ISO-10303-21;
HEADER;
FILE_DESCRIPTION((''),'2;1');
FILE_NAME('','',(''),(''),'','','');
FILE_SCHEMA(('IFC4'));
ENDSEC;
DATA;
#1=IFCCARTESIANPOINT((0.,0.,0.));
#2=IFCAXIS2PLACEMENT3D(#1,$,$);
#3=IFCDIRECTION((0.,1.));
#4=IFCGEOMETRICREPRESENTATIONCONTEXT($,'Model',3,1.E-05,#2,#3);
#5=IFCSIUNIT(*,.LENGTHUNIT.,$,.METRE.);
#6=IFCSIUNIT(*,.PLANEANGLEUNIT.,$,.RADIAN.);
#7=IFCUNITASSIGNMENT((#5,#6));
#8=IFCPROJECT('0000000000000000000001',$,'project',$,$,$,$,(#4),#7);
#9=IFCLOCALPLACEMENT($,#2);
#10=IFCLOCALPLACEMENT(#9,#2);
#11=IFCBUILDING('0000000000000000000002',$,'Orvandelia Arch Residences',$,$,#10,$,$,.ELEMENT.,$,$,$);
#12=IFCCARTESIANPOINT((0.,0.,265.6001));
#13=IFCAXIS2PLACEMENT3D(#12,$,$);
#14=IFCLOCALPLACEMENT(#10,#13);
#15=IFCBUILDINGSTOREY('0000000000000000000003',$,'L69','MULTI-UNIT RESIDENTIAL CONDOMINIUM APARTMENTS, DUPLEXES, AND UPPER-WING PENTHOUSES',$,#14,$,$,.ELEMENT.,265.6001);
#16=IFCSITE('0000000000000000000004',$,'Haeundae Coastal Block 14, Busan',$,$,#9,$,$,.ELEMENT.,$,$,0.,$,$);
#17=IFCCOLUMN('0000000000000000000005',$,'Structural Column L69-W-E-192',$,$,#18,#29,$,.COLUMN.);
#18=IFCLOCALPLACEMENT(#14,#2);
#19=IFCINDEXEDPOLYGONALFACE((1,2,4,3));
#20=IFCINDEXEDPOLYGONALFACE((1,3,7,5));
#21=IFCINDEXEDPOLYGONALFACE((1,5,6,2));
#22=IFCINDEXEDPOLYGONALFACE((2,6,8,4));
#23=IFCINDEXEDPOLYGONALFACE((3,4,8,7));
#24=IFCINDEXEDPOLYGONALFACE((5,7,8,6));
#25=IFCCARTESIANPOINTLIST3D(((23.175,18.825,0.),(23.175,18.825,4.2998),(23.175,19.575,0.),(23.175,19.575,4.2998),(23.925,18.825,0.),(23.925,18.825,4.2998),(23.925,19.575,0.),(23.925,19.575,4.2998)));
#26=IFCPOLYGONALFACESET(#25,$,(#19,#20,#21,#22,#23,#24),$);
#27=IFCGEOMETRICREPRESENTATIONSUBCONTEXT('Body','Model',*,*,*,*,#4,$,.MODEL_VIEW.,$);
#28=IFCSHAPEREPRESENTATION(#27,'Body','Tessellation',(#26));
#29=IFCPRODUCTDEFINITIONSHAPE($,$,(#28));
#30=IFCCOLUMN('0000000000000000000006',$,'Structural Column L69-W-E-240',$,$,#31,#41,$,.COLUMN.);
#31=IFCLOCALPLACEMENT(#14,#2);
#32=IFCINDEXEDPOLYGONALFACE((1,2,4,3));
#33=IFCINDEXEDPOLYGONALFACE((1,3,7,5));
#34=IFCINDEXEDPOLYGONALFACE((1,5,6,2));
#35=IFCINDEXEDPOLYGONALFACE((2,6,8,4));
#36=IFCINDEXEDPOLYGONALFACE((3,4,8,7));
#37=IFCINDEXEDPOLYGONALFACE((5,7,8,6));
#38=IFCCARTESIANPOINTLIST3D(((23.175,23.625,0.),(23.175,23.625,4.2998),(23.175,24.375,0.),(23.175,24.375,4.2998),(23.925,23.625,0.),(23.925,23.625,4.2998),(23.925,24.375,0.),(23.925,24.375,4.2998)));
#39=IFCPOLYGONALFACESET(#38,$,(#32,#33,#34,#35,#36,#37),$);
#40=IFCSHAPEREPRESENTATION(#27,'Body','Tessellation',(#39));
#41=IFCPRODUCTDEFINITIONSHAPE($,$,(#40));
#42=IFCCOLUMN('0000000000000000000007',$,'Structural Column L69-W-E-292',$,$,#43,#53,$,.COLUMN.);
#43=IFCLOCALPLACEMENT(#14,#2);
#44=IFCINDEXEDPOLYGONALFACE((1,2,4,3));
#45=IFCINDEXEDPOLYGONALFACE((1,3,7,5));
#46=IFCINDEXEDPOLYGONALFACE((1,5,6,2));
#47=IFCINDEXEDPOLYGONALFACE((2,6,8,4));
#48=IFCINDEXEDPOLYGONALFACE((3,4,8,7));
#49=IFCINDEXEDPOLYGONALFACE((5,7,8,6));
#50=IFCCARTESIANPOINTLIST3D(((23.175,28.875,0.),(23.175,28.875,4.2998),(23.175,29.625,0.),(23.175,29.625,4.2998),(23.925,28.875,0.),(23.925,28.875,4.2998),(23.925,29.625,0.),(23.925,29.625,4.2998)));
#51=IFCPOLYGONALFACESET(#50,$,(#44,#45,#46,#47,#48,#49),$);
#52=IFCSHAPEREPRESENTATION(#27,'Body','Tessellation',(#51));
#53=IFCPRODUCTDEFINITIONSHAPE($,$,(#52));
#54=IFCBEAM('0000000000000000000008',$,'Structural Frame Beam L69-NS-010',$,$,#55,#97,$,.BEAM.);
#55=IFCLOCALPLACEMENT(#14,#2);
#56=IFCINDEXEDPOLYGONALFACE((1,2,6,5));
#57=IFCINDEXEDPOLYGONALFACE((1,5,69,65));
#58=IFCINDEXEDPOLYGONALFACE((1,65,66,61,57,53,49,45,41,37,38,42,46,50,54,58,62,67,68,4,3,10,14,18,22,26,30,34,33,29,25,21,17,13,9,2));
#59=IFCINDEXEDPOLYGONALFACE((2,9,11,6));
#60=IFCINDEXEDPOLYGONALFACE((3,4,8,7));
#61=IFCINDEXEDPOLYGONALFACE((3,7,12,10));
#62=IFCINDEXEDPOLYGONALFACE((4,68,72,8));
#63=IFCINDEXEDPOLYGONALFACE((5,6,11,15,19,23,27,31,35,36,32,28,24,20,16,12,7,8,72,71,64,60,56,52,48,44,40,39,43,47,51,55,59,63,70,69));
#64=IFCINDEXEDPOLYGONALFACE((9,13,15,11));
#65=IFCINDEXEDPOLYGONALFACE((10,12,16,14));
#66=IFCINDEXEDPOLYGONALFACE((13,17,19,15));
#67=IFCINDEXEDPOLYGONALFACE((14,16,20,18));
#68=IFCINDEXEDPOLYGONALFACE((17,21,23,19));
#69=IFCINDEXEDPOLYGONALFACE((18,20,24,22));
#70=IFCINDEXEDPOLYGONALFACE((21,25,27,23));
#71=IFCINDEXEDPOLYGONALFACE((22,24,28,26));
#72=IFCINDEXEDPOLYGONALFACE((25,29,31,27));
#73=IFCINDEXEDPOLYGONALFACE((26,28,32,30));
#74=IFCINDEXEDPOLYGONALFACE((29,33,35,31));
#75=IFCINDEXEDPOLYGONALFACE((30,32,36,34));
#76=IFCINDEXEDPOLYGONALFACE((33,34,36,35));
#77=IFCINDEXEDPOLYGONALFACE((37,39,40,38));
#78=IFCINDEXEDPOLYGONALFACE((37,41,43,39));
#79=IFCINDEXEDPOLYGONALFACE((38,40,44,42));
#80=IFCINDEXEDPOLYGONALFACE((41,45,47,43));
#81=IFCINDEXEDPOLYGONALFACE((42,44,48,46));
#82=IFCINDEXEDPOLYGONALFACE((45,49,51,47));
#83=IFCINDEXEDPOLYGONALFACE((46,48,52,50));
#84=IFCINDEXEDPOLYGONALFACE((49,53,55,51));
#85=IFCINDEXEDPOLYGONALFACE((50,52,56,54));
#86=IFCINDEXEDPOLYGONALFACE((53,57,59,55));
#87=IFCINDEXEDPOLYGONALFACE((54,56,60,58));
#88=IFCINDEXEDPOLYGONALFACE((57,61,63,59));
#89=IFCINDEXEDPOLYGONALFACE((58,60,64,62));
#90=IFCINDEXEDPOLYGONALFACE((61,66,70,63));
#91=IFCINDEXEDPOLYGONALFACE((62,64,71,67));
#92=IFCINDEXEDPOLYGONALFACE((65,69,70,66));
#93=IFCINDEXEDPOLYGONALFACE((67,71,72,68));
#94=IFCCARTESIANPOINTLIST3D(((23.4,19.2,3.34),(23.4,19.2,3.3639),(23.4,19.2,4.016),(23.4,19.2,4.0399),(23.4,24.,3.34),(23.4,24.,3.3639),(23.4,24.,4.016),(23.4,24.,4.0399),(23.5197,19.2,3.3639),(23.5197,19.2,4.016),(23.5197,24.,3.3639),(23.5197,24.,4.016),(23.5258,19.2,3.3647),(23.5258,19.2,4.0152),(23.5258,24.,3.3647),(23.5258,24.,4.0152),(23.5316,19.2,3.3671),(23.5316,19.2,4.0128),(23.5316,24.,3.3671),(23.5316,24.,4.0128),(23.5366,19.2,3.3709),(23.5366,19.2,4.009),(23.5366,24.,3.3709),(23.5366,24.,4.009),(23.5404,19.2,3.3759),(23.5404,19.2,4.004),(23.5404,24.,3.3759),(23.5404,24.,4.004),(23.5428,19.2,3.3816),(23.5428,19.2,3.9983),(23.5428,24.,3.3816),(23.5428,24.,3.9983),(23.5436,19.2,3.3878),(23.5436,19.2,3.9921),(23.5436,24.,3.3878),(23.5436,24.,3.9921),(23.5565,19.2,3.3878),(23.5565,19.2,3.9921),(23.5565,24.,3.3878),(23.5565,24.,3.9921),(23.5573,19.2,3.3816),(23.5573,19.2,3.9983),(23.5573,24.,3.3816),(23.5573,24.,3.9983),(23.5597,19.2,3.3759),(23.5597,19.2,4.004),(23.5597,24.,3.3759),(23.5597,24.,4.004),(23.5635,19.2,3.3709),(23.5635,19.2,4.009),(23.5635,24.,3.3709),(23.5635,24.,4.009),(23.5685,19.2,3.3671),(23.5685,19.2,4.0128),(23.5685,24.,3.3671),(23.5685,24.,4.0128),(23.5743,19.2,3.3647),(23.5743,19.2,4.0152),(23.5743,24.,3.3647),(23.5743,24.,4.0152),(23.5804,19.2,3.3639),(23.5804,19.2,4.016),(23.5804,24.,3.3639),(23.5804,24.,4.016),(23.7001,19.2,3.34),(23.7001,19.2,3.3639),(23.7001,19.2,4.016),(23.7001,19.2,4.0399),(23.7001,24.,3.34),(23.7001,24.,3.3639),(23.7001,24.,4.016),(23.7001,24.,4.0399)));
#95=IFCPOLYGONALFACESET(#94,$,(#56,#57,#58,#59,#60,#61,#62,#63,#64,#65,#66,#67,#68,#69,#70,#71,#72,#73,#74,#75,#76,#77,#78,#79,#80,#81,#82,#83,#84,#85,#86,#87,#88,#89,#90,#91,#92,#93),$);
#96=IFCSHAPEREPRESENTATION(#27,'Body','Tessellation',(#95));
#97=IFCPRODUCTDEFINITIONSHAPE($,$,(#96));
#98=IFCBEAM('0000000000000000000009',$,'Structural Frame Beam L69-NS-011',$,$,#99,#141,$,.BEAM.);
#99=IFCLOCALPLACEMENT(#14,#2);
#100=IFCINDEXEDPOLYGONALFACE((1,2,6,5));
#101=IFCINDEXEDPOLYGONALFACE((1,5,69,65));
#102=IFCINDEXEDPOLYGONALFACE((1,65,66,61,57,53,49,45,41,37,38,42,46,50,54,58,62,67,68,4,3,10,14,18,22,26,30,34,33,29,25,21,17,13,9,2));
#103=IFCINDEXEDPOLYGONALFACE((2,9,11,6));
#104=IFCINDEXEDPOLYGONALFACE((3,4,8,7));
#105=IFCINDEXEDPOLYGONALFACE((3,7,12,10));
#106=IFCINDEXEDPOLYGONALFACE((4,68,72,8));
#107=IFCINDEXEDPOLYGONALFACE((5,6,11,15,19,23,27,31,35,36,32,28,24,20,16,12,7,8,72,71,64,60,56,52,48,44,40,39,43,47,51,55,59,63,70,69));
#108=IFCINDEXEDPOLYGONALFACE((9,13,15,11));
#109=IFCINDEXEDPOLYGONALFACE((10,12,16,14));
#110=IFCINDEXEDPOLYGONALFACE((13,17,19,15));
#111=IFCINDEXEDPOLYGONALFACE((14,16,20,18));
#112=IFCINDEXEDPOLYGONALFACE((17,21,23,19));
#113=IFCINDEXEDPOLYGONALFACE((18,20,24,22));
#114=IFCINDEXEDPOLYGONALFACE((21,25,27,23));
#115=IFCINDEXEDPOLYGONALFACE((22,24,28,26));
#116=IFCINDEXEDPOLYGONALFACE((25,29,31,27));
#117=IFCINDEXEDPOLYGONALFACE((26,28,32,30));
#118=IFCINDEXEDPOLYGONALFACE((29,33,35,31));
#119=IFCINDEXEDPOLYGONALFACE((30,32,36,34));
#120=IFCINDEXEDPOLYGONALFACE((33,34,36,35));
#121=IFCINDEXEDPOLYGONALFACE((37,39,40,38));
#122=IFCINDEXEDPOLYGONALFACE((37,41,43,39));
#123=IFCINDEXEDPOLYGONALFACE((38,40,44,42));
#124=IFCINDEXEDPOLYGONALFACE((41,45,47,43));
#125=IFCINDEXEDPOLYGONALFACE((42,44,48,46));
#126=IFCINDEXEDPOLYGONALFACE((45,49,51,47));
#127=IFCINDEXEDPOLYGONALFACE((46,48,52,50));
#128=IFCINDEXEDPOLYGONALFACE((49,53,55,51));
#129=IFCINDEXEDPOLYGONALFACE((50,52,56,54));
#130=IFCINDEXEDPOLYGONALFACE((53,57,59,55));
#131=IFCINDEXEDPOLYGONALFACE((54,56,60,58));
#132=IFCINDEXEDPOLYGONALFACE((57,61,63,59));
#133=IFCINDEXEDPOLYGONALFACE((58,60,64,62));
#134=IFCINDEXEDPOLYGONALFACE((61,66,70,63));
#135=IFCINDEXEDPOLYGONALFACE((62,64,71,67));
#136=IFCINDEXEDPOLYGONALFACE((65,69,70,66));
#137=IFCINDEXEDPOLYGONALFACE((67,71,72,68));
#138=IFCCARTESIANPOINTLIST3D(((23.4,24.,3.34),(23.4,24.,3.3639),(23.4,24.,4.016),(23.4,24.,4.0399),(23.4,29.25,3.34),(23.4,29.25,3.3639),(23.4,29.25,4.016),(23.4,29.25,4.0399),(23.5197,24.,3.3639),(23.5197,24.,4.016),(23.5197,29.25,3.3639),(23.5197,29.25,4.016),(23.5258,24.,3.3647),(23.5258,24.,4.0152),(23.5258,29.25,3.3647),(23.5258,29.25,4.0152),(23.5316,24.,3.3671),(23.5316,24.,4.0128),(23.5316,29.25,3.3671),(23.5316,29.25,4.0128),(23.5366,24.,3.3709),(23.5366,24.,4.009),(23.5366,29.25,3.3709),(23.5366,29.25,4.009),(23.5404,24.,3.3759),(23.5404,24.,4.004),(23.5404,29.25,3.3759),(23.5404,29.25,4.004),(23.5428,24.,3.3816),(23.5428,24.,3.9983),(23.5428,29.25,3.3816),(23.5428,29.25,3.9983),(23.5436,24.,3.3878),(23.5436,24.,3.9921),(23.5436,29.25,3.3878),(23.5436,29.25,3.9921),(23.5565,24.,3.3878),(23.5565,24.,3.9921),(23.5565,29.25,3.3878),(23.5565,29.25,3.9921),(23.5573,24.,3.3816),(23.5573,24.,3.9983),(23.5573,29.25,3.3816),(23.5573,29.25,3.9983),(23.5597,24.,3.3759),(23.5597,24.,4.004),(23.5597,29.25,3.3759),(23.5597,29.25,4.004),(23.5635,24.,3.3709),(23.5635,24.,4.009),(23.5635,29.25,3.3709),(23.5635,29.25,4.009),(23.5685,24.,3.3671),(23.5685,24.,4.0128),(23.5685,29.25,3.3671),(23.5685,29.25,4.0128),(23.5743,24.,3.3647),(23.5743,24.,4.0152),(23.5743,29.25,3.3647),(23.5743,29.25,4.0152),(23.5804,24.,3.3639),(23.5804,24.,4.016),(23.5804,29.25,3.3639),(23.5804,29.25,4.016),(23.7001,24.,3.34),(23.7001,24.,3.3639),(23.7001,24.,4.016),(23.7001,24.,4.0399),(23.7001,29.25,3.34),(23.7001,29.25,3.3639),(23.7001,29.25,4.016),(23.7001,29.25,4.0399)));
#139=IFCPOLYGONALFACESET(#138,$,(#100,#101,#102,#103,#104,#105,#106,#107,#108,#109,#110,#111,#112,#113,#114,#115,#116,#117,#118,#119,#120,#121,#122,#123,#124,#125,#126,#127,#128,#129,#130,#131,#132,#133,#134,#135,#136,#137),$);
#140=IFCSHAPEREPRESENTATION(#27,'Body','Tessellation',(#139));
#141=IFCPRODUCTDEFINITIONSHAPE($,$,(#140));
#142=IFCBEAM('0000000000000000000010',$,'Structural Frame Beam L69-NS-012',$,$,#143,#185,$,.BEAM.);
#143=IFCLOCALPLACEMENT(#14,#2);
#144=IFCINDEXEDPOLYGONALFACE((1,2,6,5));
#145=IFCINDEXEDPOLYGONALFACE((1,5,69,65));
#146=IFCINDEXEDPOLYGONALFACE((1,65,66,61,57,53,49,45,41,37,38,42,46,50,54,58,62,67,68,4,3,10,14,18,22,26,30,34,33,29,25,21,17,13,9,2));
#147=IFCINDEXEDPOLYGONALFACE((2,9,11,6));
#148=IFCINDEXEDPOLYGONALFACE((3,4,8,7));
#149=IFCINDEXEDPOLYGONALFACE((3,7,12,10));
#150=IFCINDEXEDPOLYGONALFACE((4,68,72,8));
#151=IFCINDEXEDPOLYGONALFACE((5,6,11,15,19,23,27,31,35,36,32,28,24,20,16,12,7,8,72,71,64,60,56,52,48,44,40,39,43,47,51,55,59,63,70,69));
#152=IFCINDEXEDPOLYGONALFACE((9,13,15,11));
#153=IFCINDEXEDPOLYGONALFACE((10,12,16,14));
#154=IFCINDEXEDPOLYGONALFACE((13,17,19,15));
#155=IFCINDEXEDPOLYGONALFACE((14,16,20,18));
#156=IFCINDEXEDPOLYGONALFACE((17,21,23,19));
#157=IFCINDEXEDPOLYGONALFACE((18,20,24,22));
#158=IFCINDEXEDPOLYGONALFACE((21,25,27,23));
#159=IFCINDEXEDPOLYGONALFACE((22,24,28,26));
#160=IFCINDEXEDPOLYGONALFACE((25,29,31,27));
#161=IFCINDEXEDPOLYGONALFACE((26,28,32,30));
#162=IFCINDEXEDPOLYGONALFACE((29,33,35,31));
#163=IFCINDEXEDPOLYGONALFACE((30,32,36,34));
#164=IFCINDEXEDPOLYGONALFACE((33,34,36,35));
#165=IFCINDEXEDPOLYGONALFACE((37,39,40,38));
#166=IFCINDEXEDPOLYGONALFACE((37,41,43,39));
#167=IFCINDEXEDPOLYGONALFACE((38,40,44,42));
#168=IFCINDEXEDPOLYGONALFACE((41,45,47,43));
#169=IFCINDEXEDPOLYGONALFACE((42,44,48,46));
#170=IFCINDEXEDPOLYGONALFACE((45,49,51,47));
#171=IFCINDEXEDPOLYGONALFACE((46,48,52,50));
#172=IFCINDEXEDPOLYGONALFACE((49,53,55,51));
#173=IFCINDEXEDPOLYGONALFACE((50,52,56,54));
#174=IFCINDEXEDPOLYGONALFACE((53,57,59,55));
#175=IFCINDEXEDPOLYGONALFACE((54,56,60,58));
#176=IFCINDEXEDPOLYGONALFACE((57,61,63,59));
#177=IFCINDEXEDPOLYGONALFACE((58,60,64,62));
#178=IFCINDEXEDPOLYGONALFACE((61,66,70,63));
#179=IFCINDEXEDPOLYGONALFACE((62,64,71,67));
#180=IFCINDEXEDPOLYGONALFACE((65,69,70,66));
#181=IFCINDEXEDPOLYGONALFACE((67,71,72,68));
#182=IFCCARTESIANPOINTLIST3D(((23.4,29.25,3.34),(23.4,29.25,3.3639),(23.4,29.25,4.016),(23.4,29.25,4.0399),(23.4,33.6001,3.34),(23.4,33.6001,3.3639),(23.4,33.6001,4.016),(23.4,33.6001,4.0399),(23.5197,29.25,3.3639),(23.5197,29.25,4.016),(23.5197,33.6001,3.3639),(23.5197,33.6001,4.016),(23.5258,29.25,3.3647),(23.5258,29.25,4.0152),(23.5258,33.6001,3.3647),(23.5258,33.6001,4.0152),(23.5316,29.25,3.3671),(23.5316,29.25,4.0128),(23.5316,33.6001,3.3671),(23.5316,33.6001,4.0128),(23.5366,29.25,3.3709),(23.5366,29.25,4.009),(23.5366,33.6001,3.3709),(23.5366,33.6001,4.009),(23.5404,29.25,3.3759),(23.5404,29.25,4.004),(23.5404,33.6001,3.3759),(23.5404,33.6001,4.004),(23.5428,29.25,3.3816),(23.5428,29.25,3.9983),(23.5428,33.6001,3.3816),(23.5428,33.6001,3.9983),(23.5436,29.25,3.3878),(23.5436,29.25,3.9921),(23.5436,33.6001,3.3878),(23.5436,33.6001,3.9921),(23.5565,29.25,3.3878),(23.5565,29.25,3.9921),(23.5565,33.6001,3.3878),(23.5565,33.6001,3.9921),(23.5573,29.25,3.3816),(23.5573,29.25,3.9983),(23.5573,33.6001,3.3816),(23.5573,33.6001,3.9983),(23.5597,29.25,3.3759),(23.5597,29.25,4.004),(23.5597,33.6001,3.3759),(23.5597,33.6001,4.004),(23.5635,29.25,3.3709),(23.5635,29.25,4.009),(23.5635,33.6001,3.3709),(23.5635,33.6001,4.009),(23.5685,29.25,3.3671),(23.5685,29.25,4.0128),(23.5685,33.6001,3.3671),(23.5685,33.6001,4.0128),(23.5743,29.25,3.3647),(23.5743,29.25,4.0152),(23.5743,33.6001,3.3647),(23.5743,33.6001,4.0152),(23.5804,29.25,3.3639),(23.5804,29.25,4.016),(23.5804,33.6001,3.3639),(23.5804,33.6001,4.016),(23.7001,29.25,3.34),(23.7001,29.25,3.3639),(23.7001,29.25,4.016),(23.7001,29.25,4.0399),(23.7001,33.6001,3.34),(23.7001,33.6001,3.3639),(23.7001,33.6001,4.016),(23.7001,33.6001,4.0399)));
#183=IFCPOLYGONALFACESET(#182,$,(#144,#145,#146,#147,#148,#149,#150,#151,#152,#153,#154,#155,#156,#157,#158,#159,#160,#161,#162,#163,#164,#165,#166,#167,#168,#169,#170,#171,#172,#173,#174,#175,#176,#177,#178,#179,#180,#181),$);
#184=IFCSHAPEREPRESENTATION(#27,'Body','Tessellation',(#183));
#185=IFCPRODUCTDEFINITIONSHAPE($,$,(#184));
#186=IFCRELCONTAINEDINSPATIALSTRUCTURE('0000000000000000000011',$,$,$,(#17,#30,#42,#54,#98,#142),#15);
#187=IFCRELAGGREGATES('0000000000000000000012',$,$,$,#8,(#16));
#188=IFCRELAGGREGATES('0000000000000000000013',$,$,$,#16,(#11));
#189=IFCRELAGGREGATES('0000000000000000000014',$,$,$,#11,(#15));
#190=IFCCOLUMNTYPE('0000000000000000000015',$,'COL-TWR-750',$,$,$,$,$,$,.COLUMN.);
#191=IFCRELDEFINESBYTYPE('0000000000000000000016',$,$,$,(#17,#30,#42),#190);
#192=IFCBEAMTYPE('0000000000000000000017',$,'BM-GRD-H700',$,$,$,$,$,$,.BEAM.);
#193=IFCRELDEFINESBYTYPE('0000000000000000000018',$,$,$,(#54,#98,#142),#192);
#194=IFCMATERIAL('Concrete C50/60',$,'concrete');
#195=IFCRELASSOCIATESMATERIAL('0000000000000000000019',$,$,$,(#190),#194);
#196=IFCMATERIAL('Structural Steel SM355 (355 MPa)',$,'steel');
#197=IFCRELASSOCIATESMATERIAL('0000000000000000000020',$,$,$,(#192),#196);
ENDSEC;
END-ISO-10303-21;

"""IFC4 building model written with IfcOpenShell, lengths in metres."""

from ifc_helpers import new_model, si_unit, direction, frame, origin, origin_2d, place, context, subcontext, project, spatial, rectangle, i_section, extrude, material, material_profile, profile_set, type_object, element, save


model = new_model("IFC4")

# Units and contexts
model_context = context("Model", 3, precision=1e-05, world=origin(), true_north=direction((0.0, 1.0)))
body_context = subcontext(model_context, "Body", "Model", "MODEL_VIEW")
ifc_project = project(units=[si_unit("LENGTHUNIT", "METRE"), si_unit("PLANEANGLEUNIT", "RADIAN")], contexts=[model_context])

# Site, building, storey
site_placement = place(None, origin())
site = spatial("IfcSite", under=ifc_project, at=site_placement, Name="Haeundae Coastal Block 14, Busan", CompositionType="ELEMENT", RefElevation=0.0)
building_placement = place(site_placement, origin())
building = spatial("IfcBuilding", under=site, at=building_placement, Name="Orvandelia Arch Residences", CompositionType="ELEMENT")
storey_placement = place(building_placement, frame((0.0, 0.0, 265.6001)))
storey = spatial("IfcBuildingStorey", under=building, at=storey_placement, Name="L69", Description="MULTI-UNIT RESIDENTIAL CONDOMINIUM APARTMENTS, DUPLEXES, AND UPPER-WING PENTHOUSES", CompositionType="ELEMENT", Elevation=265.6001)

# Columns
ifc_material_1 = material(Name="Concrete C50/60", Category="concrete")
ifc_material_profile_1 = material_profile(ifc_material_1, rectangle(XDim=0.75, YDim=0.75, at=origin_2d()), Name="Concrete C50/60", Category="concrete")
ifc_profile_set_1 = profile_set([ifc_material_profile_1], Name="Concrete C50/60")
column_type = type_object("IfcColumnType", Name="COL-TWR-750", PredefinedType="COLUMN", material=ifc_profile_set_1)
for number, where, z_axis, x_axis, name in (
    (1, (23.55, 19.2, 0.0), (0.0, 0.0, 1.0), (1.0, 0.0, 0.0), "Structural Column L69-W-E-192"),
    (2, (23.55, 24.0, 0.0), (0.0, 0.0, 1.0), (1.0, 0.0, 0.0), "Structural Column L69-W-E-240"),
    (3, (23.55, 29.25, 0.0), (0.0, 0.0, 1.0), (1.0, 0.0, 0.0), "Structural Column L69-W-E-292"),
):
    element("IfcColumn", number, at=place(storey_placement, frame(where, z_axis=z_axis, x_axis=x_axis)), inside=storey, type_object=column_type, Name=name, PredefinedType="COLUMN", context=body_context, shape_type="SweptSolid", body=[
        extrude(rectangle(XDim=0.75, YDim=0.75, at=origin_2d()), origin(), (0.0, 0.0, 1.0), 4.2998),
    ])

# Beams
ifc_material_2 = material(Name="Structural Steel SM355 (355 MPa)", Category="steel")
ifc_material_profile_2 = material_profile(ifc_material_2, i_section(OverallWidth=0.3, OverallDepth=0.7, WebThickness=0.0129, FlangeThickness=0.0239, FilletRadius=0.0239, at=origin_2d()), Name="Structural Steel SM355 (355 MPa)", Category="steel")
ifc_profile_set_2 = profile_set([ifc_material_profile_2], Name="Structural Steel SM355 (355 MPa)")
beam_type = type_object("IfcBeamType", Name="BM-GRD-H700", PredefinedType="BEAM", material=ifc_profile_set_2)
beam_1_placement = place(storey_placement, frame((23.55, 19.2, 3.6899), z_axis=(0.0, 1.0, 0.0), x_axis=(-1.0, 0.0, 0.0)))
element("IfcBeam", 4, at=beam_1_placement, inside=storey, type_object=beam_type, Name="Structural Frame Beam L69-NS-010", PredefinedType="BEAM", context=body_context, shape_type="SweptSolid", body=[
    extrude(i_section(OverallWidth=0.3, OverallDepth=0.7, WebThickness=0.0129, FlangeThickness=0.0239, FilletRadius=0.0239, at=origin_2d()), origin(), (0.0, 0.0, 1.0), 4.8),
])
beam_2_placement = place(storey_placement, frame((23.55, 24.0, 3.6899), z_axis=(0.0, 1.0, 0.0), x_axis=(-1.0, 0.0, 0.0)))
element("IfcBeam", 5, at=beam_2_placement, inside=storey, type_object=beam_type, Name="Structural Frame Beam L69-NS-011", PredefinedType="BEAM", context=body_context, shape_type="SweptSolid", body=[
    extrude(i_section(OverallWidth=0.3, OverallDepth=0.7, WebThickness=0.0129, FlangeThickness=0.0239, FilletRadius=0.0239, at=origin_2d()), origin(), (0.0, 0.0, 1.0), 5.25),
])
beam_3_placement = place(storey_placement, frame((23.55, 29.25, 3.6899), z_axis=(0.0, 1.0, 0.0), x_axis=(-1.0, 0.0, 0.0)))
element("IfcBeam", 6, at=beam_3_placement, inside=storey, type_object=beam_type, Name="Structural Frame Beam L69-NS-012", PredefinedType="BEAM", context=body_context, shape_type="SweptSolid", body=[
    extrude(i_section(OverallWidth=0.3, OverallDepth=0.7, WebThickness=0.0129, FlangeThickness=0.0239, FilletRadius=0.0239, at=origin_2d()), origin(), (0.0, 0.0, 1.0), 4.3501),
])

save(model, "model.ifc")
